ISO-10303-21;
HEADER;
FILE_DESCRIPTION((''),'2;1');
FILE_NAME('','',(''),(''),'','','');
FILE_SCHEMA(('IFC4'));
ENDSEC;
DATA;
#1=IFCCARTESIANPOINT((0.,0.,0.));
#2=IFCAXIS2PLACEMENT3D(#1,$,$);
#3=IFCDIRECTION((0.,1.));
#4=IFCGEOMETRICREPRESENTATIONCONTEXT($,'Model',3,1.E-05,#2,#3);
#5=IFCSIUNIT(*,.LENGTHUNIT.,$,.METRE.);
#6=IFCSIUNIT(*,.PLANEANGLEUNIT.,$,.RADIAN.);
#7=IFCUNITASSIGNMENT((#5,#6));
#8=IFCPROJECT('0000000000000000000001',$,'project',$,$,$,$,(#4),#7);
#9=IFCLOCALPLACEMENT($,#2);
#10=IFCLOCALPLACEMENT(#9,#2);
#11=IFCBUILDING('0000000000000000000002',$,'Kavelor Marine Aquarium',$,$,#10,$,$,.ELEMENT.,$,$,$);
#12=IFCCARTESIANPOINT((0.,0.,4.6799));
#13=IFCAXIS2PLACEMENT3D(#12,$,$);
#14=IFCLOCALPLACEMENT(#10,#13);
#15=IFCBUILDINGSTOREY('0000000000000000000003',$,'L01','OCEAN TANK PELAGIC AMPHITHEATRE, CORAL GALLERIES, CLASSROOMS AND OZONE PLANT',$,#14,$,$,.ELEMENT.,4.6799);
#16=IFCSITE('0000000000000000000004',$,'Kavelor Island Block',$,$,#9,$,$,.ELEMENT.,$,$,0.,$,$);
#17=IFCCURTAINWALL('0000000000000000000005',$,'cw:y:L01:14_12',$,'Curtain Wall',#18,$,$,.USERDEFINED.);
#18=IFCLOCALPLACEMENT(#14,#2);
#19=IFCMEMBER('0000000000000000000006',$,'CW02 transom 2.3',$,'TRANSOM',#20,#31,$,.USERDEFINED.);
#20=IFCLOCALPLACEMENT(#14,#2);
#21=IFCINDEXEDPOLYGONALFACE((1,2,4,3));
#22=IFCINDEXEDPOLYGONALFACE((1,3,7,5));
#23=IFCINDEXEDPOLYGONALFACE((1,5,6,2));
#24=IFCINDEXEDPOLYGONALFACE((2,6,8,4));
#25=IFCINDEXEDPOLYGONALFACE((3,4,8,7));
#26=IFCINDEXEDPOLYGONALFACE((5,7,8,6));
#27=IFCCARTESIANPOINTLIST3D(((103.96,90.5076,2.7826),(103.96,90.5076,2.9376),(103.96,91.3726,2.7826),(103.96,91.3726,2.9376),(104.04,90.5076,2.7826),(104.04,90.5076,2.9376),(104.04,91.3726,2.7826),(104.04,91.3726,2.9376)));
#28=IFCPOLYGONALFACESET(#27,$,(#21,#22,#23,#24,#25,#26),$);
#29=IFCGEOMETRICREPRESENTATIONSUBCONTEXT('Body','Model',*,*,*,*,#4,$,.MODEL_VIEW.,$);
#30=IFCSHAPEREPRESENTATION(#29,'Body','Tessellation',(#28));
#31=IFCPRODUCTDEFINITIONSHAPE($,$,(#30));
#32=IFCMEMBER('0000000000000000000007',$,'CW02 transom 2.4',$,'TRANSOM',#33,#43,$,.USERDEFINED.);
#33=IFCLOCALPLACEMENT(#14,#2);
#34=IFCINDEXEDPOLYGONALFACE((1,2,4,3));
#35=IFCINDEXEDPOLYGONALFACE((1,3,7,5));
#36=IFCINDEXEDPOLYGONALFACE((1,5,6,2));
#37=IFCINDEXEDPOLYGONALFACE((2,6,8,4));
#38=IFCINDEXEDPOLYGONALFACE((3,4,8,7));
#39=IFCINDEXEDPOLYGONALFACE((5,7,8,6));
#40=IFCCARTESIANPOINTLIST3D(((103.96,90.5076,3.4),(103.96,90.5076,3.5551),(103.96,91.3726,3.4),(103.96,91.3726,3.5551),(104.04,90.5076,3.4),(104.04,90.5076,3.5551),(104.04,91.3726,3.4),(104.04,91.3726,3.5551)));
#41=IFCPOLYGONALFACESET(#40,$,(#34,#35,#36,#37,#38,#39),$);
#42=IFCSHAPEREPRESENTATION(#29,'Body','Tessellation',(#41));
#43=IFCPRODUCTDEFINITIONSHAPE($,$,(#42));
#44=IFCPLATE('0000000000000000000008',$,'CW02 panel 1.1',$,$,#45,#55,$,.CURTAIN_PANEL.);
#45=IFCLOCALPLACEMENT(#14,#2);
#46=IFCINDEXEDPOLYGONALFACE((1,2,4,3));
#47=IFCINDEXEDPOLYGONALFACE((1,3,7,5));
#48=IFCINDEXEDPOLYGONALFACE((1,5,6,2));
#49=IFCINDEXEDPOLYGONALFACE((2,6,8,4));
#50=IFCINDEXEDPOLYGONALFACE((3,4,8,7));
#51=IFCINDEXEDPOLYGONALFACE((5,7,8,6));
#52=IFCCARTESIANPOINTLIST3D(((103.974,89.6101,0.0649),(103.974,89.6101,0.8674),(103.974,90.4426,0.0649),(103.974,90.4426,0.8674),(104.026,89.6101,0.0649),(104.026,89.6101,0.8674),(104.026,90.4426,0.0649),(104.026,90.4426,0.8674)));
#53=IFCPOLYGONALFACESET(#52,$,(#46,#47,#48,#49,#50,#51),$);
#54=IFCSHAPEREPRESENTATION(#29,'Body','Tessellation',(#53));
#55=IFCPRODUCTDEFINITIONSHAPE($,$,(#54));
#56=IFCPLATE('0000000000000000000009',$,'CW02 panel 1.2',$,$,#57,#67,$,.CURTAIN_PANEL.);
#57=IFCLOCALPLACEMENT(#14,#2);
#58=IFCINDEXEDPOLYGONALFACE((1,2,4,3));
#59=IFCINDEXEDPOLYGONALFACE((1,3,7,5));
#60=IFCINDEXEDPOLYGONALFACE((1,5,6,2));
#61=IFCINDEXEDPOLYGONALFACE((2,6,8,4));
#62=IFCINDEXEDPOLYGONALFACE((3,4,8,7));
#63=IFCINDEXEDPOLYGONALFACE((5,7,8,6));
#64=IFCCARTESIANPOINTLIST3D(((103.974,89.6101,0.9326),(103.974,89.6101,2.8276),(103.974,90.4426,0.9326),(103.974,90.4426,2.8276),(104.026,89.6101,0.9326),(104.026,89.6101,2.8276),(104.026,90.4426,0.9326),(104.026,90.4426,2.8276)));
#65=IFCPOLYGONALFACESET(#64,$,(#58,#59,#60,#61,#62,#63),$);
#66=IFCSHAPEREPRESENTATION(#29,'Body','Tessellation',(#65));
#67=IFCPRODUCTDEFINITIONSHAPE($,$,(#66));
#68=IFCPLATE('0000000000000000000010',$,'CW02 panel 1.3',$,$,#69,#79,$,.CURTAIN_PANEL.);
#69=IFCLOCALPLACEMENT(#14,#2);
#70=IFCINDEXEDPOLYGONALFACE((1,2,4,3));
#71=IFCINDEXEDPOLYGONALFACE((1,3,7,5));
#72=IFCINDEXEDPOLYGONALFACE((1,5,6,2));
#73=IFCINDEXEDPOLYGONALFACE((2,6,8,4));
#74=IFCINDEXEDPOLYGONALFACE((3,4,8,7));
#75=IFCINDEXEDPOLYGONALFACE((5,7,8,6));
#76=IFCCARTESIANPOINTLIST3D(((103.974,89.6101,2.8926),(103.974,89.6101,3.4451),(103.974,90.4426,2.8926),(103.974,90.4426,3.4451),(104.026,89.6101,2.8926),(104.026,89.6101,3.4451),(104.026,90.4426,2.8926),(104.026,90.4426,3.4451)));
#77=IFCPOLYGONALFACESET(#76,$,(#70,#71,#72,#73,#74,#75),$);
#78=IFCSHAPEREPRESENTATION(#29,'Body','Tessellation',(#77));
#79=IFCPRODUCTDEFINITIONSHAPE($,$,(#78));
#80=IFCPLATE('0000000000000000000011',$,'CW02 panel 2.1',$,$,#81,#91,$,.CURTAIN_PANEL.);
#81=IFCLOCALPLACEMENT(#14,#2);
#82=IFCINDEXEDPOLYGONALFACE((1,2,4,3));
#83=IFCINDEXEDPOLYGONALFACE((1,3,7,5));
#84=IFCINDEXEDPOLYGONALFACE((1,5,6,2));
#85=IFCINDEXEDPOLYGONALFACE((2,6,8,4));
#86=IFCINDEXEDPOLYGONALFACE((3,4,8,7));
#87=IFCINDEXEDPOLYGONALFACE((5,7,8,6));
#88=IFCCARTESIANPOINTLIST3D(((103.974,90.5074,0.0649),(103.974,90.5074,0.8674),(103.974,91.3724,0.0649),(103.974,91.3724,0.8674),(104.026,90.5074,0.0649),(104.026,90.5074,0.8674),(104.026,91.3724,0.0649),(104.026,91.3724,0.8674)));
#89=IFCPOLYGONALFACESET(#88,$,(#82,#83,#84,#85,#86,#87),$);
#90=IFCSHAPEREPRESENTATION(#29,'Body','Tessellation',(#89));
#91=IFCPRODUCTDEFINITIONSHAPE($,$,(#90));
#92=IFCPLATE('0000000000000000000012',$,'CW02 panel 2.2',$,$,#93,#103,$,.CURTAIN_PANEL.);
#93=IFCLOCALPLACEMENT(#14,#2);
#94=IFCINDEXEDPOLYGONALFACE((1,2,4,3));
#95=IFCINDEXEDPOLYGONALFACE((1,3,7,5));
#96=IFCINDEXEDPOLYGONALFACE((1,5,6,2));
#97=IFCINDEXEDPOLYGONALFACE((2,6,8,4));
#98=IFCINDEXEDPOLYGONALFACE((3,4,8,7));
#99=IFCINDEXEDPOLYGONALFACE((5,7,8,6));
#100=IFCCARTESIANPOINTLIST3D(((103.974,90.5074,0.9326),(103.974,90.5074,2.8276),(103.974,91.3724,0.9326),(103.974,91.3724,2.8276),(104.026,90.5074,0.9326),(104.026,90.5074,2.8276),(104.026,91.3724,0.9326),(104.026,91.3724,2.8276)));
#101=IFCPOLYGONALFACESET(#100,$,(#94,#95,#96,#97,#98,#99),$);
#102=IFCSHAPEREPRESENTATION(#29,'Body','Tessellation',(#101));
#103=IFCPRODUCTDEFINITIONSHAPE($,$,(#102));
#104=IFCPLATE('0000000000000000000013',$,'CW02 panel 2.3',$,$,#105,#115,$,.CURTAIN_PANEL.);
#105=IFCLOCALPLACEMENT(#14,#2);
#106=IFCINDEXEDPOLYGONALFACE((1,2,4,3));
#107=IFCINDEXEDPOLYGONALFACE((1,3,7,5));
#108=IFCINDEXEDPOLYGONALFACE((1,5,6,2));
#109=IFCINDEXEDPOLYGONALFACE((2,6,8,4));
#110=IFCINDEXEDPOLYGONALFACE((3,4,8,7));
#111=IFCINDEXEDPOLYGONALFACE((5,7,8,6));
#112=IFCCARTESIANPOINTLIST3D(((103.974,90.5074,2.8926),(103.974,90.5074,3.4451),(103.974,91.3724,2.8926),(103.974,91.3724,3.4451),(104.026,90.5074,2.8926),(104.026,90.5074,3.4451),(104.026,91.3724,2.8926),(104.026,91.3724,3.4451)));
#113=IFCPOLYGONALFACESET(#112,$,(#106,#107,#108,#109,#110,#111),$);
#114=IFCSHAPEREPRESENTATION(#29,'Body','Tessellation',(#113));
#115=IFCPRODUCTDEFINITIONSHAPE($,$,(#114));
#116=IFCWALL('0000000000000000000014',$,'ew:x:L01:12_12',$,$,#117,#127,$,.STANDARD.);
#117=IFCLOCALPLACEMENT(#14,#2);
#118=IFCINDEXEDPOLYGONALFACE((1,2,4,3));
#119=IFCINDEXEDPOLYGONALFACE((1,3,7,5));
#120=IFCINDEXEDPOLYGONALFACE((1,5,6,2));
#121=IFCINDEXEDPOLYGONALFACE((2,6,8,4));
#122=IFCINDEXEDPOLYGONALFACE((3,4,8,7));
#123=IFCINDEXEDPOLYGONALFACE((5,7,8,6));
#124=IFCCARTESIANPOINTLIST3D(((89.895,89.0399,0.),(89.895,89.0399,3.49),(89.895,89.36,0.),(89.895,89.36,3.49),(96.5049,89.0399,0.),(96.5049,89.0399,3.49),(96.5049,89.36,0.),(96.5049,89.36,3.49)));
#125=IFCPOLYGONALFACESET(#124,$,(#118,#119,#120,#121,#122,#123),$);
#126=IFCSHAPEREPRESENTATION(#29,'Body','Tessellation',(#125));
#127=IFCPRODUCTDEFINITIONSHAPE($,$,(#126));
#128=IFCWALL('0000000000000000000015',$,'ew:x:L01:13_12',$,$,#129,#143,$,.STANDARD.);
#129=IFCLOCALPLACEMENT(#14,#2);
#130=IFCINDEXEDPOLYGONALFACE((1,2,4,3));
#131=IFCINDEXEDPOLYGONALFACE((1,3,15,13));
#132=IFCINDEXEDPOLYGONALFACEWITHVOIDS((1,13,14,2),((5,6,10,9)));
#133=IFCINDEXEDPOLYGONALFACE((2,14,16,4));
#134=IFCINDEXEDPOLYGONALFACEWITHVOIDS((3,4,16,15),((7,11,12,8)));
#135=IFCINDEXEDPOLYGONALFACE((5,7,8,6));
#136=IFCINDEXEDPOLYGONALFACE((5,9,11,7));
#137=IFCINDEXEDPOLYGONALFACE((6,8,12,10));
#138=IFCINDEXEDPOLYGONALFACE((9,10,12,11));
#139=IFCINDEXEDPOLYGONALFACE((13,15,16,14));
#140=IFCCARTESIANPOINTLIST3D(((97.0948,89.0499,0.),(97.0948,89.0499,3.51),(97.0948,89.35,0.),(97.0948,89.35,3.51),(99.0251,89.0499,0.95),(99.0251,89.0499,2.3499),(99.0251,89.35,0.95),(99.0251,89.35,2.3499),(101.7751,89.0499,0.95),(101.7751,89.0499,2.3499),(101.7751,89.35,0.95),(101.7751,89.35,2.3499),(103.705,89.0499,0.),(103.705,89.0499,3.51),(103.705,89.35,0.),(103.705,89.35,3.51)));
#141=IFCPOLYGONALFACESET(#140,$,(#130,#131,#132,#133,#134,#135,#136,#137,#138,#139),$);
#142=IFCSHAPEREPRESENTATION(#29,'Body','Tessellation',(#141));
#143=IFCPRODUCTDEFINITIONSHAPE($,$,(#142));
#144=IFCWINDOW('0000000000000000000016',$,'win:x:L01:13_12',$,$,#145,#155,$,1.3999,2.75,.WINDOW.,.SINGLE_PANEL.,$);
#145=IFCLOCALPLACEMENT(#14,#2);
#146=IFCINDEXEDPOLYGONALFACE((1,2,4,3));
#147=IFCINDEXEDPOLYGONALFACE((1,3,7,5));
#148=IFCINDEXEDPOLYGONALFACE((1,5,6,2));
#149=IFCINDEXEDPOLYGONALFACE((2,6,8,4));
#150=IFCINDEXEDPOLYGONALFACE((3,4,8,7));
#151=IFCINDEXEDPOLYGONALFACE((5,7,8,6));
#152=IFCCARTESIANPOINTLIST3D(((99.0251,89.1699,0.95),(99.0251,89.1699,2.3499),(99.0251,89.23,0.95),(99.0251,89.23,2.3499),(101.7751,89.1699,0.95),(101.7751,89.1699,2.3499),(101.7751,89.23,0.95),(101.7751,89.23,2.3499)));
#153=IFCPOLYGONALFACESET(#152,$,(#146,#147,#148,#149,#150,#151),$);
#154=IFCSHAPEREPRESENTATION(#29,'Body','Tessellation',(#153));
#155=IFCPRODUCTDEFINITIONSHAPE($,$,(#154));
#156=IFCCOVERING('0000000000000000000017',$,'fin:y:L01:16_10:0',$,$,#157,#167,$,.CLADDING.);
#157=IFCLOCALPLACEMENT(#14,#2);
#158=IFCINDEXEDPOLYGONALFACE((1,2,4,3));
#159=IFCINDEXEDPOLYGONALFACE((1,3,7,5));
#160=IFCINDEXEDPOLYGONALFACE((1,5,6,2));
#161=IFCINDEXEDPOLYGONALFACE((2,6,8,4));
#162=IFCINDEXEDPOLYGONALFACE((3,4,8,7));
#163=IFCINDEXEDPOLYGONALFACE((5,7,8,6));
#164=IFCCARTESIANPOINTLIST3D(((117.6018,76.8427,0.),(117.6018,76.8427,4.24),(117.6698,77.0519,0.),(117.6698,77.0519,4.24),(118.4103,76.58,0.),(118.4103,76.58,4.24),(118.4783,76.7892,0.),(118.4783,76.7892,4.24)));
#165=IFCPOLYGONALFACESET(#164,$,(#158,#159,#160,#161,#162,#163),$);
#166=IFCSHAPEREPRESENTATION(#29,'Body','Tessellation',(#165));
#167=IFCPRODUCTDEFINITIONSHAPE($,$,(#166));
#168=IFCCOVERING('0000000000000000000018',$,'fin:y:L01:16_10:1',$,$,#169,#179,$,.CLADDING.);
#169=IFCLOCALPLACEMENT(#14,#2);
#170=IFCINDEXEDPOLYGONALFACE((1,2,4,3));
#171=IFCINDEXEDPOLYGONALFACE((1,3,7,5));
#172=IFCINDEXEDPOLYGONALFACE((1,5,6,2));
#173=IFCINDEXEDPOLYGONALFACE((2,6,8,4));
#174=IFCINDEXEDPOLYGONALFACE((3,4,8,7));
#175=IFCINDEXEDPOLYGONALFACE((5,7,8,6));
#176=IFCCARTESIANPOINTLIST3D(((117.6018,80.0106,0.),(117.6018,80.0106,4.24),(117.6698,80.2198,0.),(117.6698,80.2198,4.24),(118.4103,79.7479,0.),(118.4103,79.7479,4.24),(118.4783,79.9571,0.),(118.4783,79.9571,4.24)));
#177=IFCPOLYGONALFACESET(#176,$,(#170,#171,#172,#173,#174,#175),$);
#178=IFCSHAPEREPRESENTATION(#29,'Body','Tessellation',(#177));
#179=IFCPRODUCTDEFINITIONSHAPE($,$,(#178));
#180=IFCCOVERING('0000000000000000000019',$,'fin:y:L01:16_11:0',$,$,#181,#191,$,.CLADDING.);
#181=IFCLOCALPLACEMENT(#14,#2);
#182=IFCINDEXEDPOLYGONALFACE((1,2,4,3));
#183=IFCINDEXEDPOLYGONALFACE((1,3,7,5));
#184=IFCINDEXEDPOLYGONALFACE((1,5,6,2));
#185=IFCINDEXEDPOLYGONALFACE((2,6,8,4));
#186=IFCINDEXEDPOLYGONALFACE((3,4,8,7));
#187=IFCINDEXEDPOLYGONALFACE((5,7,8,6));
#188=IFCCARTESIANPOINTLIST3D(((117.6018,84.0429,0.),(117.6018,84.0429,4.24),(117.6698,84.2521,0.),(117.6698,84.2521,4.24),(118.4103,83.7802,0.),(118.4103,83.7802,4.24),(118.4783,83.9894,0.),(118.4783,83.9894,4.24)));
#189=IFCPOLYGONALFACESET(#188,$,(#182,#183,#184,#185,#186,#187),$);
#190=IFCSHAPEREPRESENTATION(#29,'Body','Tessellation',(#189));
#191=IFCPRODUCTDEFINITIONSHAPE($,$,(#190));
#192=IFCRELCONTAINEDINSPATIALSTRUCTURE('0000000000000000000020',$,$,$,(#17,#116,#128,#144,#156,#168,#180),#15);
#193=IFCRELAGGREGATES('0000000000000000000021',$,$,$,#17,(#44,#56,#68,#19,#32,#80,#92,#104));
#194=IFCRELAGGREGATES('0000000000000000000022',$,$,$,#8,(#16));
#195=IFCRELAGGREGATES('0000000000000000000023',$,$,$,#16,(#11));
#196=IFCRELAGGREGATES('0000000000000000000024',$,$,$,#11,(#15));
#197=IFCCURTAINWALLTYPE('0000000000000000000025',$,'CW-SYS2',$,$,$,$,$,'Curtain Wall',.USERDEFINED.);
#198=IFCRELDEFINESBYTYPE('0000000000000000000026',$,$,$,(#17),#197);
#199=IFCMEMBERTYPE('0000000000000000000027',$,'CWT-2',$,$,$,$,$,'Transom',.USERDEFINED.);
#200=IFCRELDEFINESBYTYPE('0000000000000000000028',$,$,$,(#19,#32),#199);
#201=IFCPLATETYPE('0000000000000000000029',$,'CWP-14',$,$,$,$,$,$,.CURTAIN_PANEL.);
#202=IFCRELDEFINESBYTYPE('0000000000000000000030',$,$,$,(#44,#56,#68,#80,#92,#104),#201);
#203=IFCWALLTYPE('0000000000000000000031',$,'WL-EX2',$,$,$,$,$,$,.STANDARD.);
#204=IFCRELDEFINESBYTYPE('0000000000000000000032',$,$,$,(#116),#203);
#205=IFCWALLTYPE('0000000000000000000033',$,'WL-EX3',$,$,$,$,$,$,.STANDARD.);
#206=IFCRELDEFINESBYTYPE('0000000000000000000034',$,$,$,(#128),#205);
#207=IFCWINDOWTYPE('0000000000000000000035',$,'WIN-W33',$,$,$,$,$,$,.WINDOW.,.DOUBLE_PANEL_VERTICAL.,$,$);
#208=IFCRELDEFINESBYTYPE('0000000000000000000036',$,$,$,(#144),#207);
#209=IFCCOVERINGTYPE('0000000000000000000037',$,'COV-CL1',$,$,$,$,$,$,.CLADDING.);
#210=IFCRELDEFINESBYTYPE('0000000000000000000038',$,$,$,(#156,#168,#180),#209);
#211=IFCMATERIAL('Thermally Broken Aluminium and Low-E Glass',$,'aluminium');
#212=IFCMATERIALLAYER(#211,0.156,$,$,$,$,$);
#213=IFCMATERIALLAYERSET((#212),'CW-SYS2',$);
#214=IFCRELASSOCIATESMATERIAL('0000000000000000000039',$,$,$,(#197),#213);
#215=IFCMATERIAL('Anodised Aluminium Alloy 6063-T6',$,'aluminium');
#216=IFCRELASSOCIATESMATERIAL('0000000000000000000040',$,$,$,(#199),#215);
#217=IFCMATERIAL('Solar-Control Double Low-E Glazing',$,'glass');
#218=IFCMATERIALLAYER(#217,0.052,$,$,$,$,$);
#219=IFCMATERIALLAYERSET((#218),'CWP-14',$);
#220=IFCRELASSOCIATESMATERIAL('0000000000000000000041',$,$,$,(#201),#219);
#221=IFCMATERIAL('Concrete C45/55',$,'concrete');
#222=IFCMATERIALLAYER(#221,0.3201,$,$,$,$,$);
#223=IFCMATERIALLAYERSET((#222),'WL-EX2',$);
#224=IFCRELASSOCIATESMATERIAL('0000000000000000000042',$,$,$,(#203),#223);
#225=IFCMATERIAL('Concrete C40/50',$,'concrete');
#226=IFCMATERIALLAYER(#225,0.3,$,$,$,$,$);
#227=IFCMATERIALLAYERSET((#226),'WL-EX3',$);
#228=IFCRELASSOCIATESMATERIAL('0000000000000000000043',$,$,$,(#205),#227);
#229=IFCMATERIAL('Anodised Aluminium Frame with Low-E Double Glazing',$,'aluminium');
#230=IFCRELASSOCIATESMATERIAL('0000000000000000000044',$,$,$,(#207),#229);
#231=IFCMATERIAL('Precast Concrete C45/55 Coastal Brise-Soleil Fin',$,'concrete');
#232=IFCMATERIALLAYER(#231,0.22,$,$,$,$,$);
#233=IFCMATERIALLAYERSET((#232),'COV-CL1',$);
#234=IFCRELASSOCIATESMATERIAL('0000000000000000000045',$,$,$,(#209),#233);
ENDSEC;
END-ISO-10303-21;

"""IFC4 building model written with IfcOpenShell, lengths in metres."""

from ifc_helpers import new_model, si_unit, direction, frame, frame_2d, origin, origin_2d, place, context, subcontext, project, spatial, rectangle, extrude, material, layer, layer_set, material_profile, profile_set, type_object, element, fill, aggregate, save


model = new_model("IFC4")

# Units and contexts
model_context = context("Model", 3, precision=1e-05, world=origin(), true_north=direction((0.0, 1.0)))
body_context = subcontext(model_context, "Body", "Model", "MODEL_VIEW")
ifc_project = project(units=[si_unit("LENGTHUNIT", "METRE"), si_unit("PLANEANGLEUNIT", "RADIAN")], contexts=[model_context])

# Site, building, storey
site_placement = place(None, origin())
site = spatial("IfcSite", under=ifc_project, at=site_placement, Name="Kavelor Island Block", CompositionType="ELEMENT", RefElevation=0.0)
building_placement = place(site_placement, origin())
building = spatial("IfcBuilding", under=site, at=building_placement, Name="Kavelor Marine Aquarium", CompositionType="ELEMENT")
storey_placement = place(building_placement, frame((0.0, 0.0, 4.6799)))
storey = spatial("IfcBuildingStorey", under=building, at=storey_placement, Name="L01", Description="OCEAN TANK PELAGIC AMPHITHEATRE, CORAL GALLERIES, CLASSROOMS AND OZONE PLANT", CompositionType="ELEMENT", Elevation=4.6799)

# Curtain wall, members, plates
ifc_material_1 = material(Name="Thermally Broken Aluminium and Low-E Glass", Category="aluminium")
ifc_layer_1 = layer(ifc_material_1, 0.156)
ifc_layer_set_1 = layer_set([ifc_layer_1], Name="CW-SYS2")
curtain_wall_type = type_object("IfcCurtainWallType", Name="CW-SYS2", ElementType="Curtain Wall", PredefinedType="USERDEFINED", material=ifc_layer_set_1)
curtain_wall_placement = place(storey_placement, origin())
curtain_wall = element("IfcCurtainWall", 1, at=curtain_wall_placement, inside=storey, type_object=curtain_wall_type, Name="cw:y:L01:14_12", ObjectType="Curtain Wall", PredefinedType="USERDEFINED")
ifc_material_2 = material(Name="Anodised Aluminium Alloy 6063-T6", Category="aluminium")
ifc_material_profile_1 = material_profile(ifc_material_2, rectangle(XDim=0.0801, YDim=0.155, at=origin_2d()), Name="CW-TRN 80x155")
ifc_profile_set_1 = profile_set([ifc_material_profile_1], Name="Anodised Aluminium Alloy 6063-T6")
member_type_1 = type_object("IfcMemberType", Name="CWT-2", ElementType="Transom", PredefinedType="USERDEFINED", material=ifc_profile_set_1)
member_1_placement = place(storey_placement, frame((104.0, 90.5076, 2.8601), z_axis=(0.0, 1.0, 0.0), x_axis=(-1.0, 0.0, 0.0)))
member_1 = element("IfcMember", 2, at=member_1_placement, type_object=member_type_1, Name="CW02 transom 2.3", ObjectType="TRANSOM", PredefinedType="USERDEFINED", context=body_context, shape_type="SweptSolid", body=[
    extrude(rectangle(XDim=0.0801, YDim=0.155, at=origin_2d()), origin(), (0.0, 0.0, 1.0), 0.865),
])
member_2_placement = place(storey_placement, frame((104.0, 90.5076, 3.4775), z_axis=(0.0, 1.0, 0.0), x_axis=(-1.0, 0.0, 0.0)))
member_2 = element("IfcMember", 3, at=member_2_placement, type_object=member_type_1, Name="CW02 transom 2.4", ObjectType="TRANSOM", PredefinedType="USERDEFINED", context=body_context, shape_type="SweptSolid", body=[
    extrude(rectangle(XDim=0.0801, YDim=0.155, at=origin_2d()), origin(), (0.0, 0.0, 1.0), 0.865),
])
ifc_material_3 = material(Name="Solar-Control Double Low-E Glazing", Category="glass")
ifc_layer_2 = layer(ifc_material_3, 0.052)
ifc_layer_set_2 = layer_set([ifc_layer_2], Name="CWP-14")
plate_type = type_object("IfcPlateType", Name="CWP-14", PredefinedType="CURTAIN_PANEL", material=ifc_layer_set_2)
plate_1_placement = place(storey_placement, frame((104.0, 90.0264, 0.0649), z_axis=(0.0, 0.0, 1.0), x_axis=(0.0, 1.0, 0.0)))
plate_1 = element("IfcPlate", 4, at=plate_1_placement, type_object=plate_type, Name="CW02 panel 1.1", PredefinedType="CURTAIN_PANEL", context=body_context, shape_type="SweptSolid", body=[
    extrude(rectangle(XDim=0.8325, YDim=0.052, at=origin_2d()), origin(), (0.0, 0.0, 1.0), 0.8025),
])
plate_2_placement = place(storey_placement, frame((104.0, 90.0264, 0.9326), z_axis=(0.0, 0.0, 1.0), x_axis=(0.0, 1.0, 0.0)))
plate_2 = element("IfcPlate", 5, at=plate_2_placement, type_object=plate_type, Name="CW02 panel 1.2", PredefinedType="CURTAIN_PANEL", context=body_context, shape_type="SweptSolid", body=[
    extrude(rectangle(XDim=0.8325, YDim=0.052, at=origin_2d()), origin(), (0.0, 0.0, 1.0), 1.895),
])
plate_3_placement = place(storey_placement, frame((104.0, 90.0264, 2.8926), z_axis=(0.0, 0.0, 1.0), x_axis=(0.0, 1.0, 0.0)))
plate_3 = element("IfcPlate", 6, at=plate_3_placement, type_object=plate_type, Name="CW02 panel 1.3", PredefinedType="CURTAIN_PANEL", context=body_context, shape_type="SweptSolid", body=[
    extrude(rectangle(XDim=0.8325, YDim=0.052, at=origin_2d()), origin(), (0.0, 0.0, 1.0), 0.5525),
])
plate_4_placement = place(storey_placement, frame((104.0, 90.9399, 0.0649), z_axis=(0.0, 0.0, 1.0), x_axis=(0.0, 1.0, 0.0)))
plate_4 = element("IfcPlate", 7, at=plate_4_placement, type_object=plate_type, Name="CW02 panel 2.1", PredefinedType="CURTAIN_PANEL", context=body_context, shape_type="SweptSolid", body=[
    extrude(rectangle(XDim=0.865, YDim=0.052, at=origin_2d()), origin(), (0.0, 0.0, 1.0), 0.8025),
])
plate_5_placement = place(storey_placement, frame((104.0, 90.9399, 0.9326), z_axis=(0.0, 0.0, 1.0), x_axis=(0.0, 1.0, 0.0)))
plate_5 = element("IfcPlate", 8, at=plate_5_placement, type_object=plate_type, Name="CW02 panel 2.2", PredefinedType="CURTAIN_PANEL", context=body_context, shape_type="SweptSolid", body=[
    extrude(rectangle(XDim=0.865, YDim=0.052, at=origin_2d()), origin(), (0.0, 0.0, 1.0), 1.895),
])
plate_6_placement = place(storey_placement, frame((104.0, 90.9399, 2.8926), z_axis=(0.0, 0.0, 1.0), x_axis=(0.0, 1.0, 0.0)))
plate_6 = element("IfcPlate", 9, at=plate_6_placement, type_object=plate_type, Name="CW02 panel 2.3", PredefinedType="CURTAIN_PANEL", context=body_context, shape_type="SweptSolid", body=[
    extrude(rectangle(XDim=0.865, YDim=0.052, at=origin_2d()), origin(), (0.0, 0.0, 1.0), 0.5525),
])
aggregate(curtain_wall, [plate_1, plate_2, plate_3, member_1, member_2, plate_4, plate_5, plate_6])

# Wall
ifc_material_4 = material(Name="Concrete C45/55", Category="concrete")
ifc_layer_3 = layer(ifc_material_4, 0.3201)
ifc_layer_set_3 = layer_set([ifc_layer_3], Name="WL-EX2")
wall_type_1 = type_object("IfcWallType", Name="WL-EX2", PredefinedType="STANDARD", material=ifc_layer_set_3)
wall_1_placement = place(storey_placement, frame((96.5049, 89.2, 0.0), z_axis=(0.0, 0.0, 1.0), x_axis=(-1.0, 0.0, 0.0)))
element("IfcWall", 10, at=wall_1_placement, inside=storey, type_object=wall_type_1, Name="ew:x:L01:12_12", PredefinedType="STANDARD", context=body_context, shape_type="SweptSolid", body=[
    extrude(rectangle(XDim=6.6099, YDim=0.3201, at=frame_2d((3.3049, 0.0))), origin(), (0.0, 0.0, 1.0), 3.49),
])

# Wall, opening, window
ifc_material_5 = material(Name="Concrete C40/50", Category="concrete")
ifc_layer_4 = layer(ifc_material_5, 0.3)
ifc_layer_set_4 = layer_set([ifc_layer_4], Name="WL-EX3")
wall_type_2 = type_object("IfcWallType", Name="WL-EX3", PredefinedType="STANDARD", material=ifc_layer_set_4)
wall_2_placement = place(storey_placement, frame((103.7051, 89.2, 0.0), z_axis=(0.0, 0.0, 1.0), x_axis=(-1.0, 0.0, 0.0)))
wall_2 = element("IfcWall", 11, at=wall_2_placement, inside=storey, type_object=wall_type_2, Name="ew:x:L01:13_12", PredefinedType="STANDARD", context=body_context, shape_type="SweptSolid", body=[
    extrude(rectangle(XDim=6.6101, YDim=0.3, at=frame_2d((3.3052, 0.0))), origin(), (0.0, 0.0, 1.0), 3.51),
])
opening_1_placement = place(wall_2_placement, frame((1.9299, 0.0, 0.95)))
opening_1 = element("IfcOpeningElement", 12, at=opening_1_placement, cuts=wall_2, PredefinedType="OPENING", context=body_context, shape_type="SweptSolid", body=[
    extrude(rectangle(XDim=2.75, YDim=1.3999, at=frame_2d((1.375, 0.7))), frame((0.0, 0.1599, 0.0), z_axis=(0.0, -1.0, 0.0), x_axis=(1.0, 0.0, 0.0)), (0.0, 0.0, 1.0), 0.32),
])
ifc_material_6 = material(Name="Anodised Aluminium Frame with Low-E Double Glazing", Category="aluminium")
window_type = type_object("IfcWindowType", Name="WIN-W33", PartitioningType="DOUBLE_PANEL_VERTICAL", PredefinedType="WINDOW", material=ifc_material_6)
window_placement = place(opening_1_placement, origin())
window = element("IfcWindow", 13, at=window_placement, inside=storey, type_object=window_type, Name="win:x:L01:13_12", OverallHeight=1.3999, OverallWidth=2.75, PartitioningType="SINGLE_PANEL", PredefinedType="WINDOW", context=body_context, shape_type="SweptSolid", body=[
    extrude(rectangle(XDim=2.75, YDim=1.3999, at=frame_2d((1.375, 0.7))), frame((0.0, 0.03, 0.0), z_axis=(0.0, -1.0, 0.0), x_axis=(1.0, 0.0, 0.0)), (0.0, 0.0, 1.0), 0.0601),
])
fill(opening_1, window)

# Coverings
ifc_material_7 = material(Name="Precast Concrete C45/55 Coastal Brise-Soleil Fin", Category="concrete")
ifc_layer_5 = layer(ifc_material_7, 0.22)
ifc_layer_set_5 = layer_set([ifc_layer_5], Name="COV-CL1")
covering_type = type_object("IfcCoveringType", Name="COV-CL1", PredefinedType="CLADDING", material=ifc_layer_set_5)
for number, where, z_axis, x_axis, name in (
    (14, (118.04, 76.8159, 0.0), (0.0, 0.0, 1.0), (0.951057, -0.309017, 0.0), "fin:y:L01:16_10:0"),
    (15, (118.04, 79.9839, 0.0), (0.0, 0.0, 1.0), (0.951057, -0.309017, 0.0), "fin:y:L01:16_10:1"),
    (16, (118.04, 84.0161, 0.0), (0.0, 0.0, 1.0), (0.951057, -0.309017, 0.0), "fin:y:L01:16_11:0"),
):
    element("IfcCovering", number, at=place(storey_placement, frame(where, z_axis=z_axis, x_axis=x_axis)), inside=storey, type_object=covering_type, Name=name, PredefinedType="CLADDING", context=body_context, shape_type="SweptSolid", body=[
        extrude(rectangle(XDim=0.8501, YDim=0.22, at=origin_2d()), origin(), (0.0, 0.0, 1.0), 4.24),
    ])

save(model, "model.ifc")
